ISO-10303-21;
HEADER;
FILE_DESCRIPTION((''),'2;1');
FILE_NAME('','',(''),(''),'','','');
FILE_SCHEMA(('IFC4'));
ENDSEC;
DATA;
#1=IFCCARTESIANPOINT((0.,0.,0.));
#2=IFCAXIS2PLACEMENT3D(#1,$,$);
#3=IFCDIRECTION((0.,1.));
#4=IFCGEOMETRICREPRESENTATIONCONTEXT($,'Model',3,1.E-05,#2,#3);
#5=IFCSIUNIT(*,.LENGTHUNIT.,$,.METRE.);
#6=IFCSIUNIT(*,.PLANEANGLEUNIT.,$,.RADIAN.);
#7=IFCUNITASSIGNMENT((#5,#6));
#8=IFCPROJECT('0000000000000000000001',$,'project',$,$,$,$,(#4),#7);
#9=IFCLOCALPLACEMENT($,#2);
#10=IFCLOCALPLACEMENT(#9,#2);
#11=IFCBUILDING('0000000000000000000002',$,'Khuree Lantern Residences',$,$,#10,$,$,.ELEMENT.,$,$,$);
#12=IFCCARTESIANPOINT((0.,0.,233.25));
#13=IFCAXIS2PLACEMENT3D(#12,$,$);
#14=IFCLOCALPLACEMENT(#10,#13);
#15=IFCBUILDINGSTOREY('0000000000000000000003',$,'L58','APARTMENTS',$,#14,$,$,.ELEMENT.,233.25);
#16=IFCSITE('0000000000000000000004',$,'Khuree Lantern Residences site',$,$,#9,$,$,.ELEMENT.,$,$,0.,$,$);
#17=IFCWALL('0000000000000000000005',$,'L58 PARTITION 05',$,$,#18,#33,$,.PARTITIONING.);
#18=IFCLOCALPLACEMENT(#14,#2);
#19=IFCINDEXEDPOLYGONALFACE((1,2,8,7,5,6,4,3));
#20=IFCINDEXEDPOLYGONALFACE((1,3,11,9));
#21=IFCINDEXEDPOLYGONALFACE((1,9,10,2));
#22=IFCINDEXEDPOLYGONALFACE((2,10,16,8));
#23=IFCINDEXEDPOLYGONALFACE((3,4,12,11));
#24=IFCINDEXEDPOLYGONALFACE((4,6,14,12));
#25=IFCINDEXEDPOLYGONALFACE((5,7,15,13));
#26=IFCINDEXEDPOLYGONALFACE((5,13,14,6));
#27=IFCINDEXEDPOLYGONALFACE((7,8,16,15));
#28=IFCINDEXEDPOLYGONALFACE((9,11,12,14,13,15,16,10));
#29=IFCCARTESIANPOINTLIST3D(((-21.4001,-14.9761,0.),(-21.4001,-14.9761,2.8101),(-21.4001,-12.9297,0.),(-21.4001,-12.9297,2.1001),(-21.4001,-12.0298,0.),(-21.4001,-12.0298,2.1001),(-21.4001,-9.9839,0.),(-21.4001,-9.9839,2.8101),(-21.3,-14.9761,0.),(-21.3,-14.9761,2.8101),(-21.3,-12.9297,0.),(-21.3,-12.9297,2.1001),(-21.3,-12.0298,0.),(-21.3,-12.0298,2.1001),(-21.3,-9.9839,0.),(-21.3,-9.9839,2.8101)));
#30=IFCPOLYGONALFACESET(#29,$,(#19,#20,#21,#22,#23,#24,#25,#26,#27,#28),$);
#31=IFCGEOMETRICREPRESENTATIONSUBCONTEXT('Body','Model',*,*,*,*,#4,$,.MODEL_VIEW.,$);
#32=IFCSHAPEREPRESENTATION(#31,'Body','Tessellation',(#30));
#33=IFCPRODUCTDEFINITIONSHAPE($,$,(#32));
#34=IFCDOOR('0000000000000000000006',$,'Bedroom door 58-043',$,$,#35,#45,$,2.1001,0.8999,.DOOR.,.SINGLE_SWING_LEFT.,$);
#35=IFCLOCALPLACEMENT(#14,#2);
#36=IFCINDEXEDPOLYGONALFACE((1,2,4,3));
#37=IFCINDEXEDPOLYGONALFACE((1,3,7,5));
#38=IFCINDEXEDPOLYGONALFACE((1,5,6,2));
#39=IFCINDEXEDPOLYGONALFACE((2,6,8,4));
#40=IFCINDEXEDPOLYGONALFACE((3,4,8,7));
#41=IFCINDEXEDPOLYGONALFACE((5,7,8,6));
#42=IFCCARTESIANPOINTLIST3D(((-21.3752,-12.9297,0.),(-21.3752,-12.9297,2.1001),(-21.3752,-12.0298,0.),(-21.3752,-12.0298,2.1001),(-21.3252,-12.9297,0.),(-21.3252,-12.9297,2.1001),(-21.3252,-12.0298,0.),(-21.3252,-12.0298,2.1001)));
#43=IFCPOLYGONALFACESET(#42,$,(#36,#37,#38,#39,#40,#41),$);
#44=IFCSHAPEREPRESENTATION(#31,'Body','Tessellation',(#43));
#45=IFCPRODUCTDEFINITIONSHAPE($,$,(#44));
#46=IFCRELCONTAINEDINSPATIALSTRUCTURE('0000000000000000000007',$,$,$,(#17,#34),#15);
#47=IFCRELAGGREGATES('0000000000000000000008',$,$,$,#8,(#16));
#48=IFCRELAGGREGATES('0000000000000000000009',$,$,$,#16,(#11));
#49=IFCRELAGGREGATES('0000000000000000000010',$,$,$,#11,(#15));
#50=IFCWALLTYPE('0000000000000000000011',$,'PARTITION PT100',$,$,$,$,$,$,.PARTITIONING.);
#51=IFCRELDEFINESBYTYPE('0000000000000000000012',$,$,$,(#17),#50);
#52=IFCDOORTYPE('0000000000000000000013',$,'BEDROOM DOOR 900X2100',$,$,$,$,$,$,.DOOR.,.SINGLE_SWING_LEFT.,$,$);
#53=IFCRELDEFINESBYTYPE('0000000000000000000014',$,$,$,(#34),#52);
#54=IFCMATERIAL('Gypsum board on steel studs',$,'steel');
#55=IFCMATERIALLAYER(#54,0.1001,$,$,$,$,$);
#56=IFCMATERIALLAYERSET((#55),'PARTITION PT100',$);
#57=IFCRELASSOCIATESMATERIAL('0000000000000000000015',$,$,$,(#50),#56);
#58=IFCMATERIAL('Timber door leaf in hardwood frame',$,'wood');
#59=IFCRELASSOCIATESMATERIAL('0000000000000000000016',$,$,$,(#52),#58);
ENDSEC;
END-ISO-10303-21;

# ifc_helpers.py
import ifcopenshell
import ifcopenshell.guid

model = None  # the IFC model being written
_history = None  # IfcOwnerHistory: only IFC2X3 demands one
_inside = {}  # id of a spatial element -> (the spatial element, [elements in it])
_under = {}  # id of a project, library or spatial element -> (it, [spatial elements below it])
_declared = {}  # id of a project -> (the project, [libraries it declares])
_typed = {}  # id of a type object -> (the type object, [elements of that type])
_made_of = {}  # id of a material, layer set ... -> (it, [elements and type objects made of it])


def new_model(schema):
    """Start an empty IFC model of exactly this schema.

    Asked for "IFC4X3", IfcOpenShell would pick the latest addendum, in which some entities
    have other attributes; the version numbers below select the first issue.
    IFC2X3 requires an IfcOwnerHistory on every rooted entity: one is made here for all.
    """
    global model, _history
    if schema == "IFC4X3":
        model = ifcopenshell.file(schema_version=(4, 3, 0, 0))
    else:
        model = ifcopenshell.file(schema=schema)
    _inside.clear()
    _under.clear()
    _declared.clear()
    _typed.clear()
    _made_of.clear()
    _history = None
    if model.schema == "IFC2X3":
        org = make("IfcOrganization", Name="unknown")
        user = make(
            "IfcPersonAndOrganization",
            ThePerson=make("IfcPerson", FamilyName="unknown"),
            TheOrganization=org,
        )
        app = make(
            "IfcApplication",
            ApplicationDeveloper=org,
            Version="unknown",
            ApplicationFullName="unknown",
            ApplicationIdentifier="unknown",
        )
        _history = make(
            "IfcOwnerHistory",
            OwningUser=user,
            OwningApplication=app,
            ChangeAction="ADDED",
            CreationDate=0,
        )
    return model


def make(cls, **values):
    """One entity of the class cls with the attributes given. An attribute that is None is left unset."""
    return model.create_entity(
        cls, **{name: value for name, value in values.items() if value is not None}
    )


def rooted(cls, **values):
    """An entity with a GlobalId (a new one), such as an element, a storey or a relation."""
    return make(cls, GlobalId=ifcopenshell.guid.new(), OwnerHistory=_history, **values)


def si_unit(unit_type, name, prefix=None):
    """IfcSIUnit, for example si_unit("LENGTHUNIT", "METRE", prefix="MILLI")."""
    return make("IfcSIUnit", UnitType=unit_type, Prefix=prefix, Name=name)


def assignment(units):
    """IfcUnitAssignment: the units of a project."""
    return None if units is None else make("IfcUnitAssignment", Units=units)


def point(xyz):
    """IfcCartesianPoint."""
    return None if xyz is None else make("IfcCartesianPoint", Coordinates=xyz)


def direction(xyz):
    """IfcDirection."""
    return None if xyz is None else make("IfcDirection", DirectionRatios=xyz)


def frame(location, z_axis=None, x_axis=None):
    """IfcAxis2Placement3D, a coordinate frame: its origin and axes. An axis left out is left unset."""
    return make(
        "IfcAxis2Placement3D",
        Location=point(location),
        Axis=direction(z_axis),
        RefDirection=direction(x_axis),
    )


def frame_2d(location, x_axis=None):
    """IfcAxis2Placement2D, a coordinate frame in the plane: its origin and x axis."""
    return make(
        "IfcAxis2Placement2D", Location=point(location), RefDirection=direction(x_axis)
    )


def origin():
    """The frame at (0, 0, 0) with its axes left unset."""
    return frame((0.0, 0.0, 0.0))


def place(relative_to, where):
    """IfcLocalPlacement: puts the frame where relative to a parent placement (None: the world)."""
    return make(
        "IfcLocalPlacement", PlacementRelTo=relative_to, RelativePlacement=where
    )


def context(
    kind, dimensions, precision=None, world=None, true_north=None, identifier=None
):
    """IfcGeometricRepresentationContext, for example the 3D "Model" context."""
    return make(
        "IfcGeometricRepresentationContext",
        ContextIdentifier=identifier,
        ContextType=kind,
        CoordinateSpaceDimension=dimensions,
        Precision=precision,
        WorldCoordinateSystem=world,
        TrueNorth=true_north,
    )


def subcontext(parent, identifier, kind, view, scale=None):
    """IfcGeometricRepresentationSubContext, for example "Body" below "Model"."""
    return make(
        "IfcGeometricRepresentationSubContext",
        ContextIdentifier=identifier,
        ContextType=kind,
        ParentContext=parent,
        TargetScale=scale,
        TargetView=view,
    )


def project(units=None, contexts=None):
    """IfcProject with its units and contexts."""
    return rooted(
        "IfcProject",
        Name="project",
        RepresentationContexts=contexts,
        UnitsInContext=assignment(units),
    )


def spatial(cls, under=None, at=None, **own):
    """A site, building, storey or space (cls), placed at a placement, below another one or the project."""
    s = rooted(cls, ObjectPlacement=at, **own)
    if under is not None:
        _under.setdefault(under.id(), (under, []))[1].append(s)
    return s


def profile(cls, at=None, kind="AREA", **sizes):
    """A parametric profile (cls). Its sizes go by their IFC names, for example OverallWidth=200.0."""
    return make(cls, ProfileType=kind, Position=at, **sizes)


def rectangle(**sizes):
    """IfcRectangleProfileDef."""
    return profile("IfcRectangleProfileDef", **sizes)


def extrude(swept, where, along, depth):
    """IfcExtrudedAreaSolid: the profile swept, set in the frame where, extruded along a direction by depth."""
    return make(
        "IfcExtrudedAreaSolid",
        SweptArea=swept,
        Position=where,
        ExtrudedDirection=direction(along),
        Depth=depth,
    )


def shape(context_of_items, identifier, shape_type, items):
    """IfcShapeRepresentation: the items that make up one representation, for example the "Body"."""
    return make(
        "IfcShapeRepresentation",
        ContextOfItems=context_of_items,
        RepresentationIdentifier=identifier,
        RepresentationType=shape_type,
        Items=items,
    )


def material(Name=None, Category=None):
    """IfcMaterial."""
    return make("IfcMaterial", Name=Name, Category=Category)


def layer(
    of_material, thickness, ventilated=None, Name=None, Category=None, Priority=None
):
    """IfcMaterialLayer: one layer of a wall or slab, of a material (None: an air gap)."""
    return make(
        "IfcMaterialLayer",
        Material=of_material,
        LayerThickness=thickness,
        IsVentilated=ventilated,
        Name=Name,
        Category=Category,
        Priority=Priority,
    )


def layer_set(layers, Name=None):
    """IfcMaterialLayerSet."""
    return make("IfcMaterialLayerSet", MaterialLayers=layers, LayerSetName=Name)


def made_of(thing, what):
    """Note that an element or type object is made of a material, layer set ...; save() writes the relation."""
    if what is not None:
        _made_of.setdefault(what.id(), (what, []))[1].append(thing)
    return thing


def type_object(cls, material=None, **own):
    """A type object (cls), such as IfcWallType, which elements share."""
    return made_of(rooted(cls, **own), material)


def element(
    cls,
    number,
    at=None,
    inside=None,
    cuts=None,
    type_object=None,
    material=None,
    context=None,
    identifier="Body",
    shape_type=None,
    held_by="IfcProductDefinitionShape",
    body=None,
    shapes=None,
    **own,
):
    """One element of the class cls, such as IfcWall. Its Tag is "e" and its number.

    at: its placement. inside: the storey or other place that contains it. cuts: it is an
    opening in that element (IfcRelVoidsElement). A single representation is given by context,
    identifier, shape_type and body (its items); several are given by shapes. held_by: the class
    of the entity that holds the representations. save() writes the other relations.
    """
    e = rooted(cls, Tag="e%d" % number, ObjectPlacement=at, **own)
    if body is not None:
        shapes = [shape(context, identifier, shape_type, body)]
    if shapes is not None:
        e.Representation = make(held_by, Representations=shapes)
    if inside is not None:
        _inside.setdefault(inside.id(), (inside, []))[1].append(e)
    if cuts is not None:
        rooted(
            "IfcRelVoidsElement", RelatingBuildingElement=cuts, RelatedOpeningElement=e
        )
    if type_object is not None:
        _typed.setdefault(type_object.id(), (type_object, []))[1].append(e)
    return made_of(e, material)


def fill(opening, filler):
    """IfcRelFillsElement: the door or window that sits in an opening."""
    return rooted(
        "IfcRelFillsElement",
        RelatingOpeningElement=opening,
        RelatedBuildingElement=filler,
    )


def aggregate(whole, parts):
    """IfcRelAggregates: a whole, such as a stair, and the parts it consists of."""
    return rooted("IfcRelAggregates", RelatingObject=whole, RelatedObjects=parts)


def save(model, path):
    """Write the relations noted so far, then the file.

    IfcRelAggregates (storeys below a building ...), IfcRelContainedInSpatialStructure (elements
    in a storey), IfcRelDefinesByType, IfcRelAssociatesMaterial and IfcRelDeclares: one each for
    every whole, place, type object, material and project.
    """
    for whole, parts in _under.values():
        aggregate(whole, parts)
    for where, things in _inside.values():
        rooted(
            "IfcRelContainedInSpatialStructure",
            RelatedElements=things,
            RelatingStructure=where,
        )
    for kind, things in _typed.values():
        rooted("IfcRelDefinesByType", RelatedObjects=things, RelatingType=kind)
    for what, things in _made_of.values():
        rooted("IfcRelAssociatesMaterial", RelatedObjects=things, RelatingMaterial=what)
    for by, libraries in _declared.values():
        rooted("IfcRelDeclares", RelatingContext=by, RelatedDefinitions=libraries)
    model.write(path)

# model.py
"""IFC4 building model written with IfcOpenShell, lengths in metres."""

from ifc_helpers import new_model, si_unit, direction, frame, frame_2d, origin, place, context, subcontext, project, spatial, rectangle, extrude, material, layer, layer_set, type_object, element, fill, save


model = new_model("IFC4")

# Units and contexts
model_context = context("Model", 3, precision=1e-05, world=origin(), true_north=direction((0.0, 1.0)))
body_context = subcontext(model_context, "Body", "Model", "MODEL_VIEW")
ifc_project = project(units=[si_unit("LENGTHUNIT", "METRE"), si_unit("PLANEANGLEUNIT", "RADIAN")], contexts=[model_context])

# Site, building, storey
site_placement = place(None, origin())
site = spatial("IfcSite", under=ifc_project, at=site_placement, Name="Khuree Lantern Residences site", CompositionType="ELEMENT", RefElevation=0.0)
building_placement = place(site_placement, origin())
building = spatial("IfcBuilding", under=site, at=building_placement, Name="Khuree Lantern Residences", CompositionType="ELEMENT")
storey_placement = place(building_placement, frame((0.0, 0.0, 233.25)))
storey = spatial("IfcBuildingStorey", under=building, at=storey_placement, Name="L58", Description="APARTMENTS", CompositionType="ELEMENT", Elevation=233.25)

# Shared definitions
ifc_material_1 = material(Name="Timber door leaf in hardwood frame", Category="wood")

# Shared definitions
ifc_material_2 = material(Name="Gypsum board on steel studs", Category="steel")
ifc_layer_1 = layer(ifc_material_2, 0.1001)
ifc_layer_set_1 = layer_set([ifc_layer_1], Name="PARTITION PT100")
wall_type_1 = type_object("IfcWallType", Name="PARTITION PT100", PredefinedType="PARTITIONING", material=ifc_layer_set_1)

# Wall, opening, door
wall_1_placement = place(storey_placement, frame((-21.3501, -9.9839, 0.0), z_axis=(0.0, 0.0, 1.0), x_axis=(0.0, -1.0, 0.0)))
wall_1 = element("IfcWall", 1, at=wall_1_placement, inside=storey, type_object=wall_type_1, Name="L58 PARTITION 05", PredefinedType="PARTITIONING", context=body_context, shape_type="SweptSolid", body=[
    extrude(rectangle(XDim=4.9922, YDim=0.1001, at=frame_2d((2.4961, 0.0))), origin(), (0.0, 0.0, 1.0), 2.8101),
])
opening_1_placement = place(wall_1_placement, frame((2.0459, 0.0, 0.0)))
opening_1 = element("IfcOpeningElement", 2, at=opening_1_placement, cuts=wall_1, PredefinedType="OPENING", context=body_context, shape_type="SweptSolid", body=[
    extrude(rectangle(XDim=0.8999, YDim=2.1001, at=frame_2d((0.45, 1.05))), frame((0.0, 0.0601, 0.0), z_axis=(0.0, -1.0, 0.0), x_axis=(1.0, 0.0, 0.0)), (0.0, 0.0, 1.0), 0.1201),
])
door_type_1 = type_object("IfcDoorType", Name="BEDROOM DOOR 900X2100", OperationType="SINGLE_SWING_LEFT", PredefinedType="DOOR", material=ifc_material_1)
door_1_placement = place(opening_1_placement, origin())
door_1 = element("IfcDoor", 3, at=door_1_placement, inside=storey, type_object=door_type_1, Name="Bedroom door 58-043", OperationType="SINGLE_SWING_LEFT", OverallHeight=2.1001, OverallWidth=0.8999, PredefinedType="DOOR", context=body_context, shape_type="SweptSolid", body=[
    extrude(rectangle(XDim=0.8999, YDim=2.1001, at=frame_2d((0.45, 1.05))), frame((0.0, 0.0249, 0.0), z_axis=(0.0, -1.0, 0.0), x_axis=(1.0, 0.0, 0.0)), (0.0, 0.0, 1.0), 0.05),
])
fill(opening_1, door_1)

save(model, "model.ifc")
